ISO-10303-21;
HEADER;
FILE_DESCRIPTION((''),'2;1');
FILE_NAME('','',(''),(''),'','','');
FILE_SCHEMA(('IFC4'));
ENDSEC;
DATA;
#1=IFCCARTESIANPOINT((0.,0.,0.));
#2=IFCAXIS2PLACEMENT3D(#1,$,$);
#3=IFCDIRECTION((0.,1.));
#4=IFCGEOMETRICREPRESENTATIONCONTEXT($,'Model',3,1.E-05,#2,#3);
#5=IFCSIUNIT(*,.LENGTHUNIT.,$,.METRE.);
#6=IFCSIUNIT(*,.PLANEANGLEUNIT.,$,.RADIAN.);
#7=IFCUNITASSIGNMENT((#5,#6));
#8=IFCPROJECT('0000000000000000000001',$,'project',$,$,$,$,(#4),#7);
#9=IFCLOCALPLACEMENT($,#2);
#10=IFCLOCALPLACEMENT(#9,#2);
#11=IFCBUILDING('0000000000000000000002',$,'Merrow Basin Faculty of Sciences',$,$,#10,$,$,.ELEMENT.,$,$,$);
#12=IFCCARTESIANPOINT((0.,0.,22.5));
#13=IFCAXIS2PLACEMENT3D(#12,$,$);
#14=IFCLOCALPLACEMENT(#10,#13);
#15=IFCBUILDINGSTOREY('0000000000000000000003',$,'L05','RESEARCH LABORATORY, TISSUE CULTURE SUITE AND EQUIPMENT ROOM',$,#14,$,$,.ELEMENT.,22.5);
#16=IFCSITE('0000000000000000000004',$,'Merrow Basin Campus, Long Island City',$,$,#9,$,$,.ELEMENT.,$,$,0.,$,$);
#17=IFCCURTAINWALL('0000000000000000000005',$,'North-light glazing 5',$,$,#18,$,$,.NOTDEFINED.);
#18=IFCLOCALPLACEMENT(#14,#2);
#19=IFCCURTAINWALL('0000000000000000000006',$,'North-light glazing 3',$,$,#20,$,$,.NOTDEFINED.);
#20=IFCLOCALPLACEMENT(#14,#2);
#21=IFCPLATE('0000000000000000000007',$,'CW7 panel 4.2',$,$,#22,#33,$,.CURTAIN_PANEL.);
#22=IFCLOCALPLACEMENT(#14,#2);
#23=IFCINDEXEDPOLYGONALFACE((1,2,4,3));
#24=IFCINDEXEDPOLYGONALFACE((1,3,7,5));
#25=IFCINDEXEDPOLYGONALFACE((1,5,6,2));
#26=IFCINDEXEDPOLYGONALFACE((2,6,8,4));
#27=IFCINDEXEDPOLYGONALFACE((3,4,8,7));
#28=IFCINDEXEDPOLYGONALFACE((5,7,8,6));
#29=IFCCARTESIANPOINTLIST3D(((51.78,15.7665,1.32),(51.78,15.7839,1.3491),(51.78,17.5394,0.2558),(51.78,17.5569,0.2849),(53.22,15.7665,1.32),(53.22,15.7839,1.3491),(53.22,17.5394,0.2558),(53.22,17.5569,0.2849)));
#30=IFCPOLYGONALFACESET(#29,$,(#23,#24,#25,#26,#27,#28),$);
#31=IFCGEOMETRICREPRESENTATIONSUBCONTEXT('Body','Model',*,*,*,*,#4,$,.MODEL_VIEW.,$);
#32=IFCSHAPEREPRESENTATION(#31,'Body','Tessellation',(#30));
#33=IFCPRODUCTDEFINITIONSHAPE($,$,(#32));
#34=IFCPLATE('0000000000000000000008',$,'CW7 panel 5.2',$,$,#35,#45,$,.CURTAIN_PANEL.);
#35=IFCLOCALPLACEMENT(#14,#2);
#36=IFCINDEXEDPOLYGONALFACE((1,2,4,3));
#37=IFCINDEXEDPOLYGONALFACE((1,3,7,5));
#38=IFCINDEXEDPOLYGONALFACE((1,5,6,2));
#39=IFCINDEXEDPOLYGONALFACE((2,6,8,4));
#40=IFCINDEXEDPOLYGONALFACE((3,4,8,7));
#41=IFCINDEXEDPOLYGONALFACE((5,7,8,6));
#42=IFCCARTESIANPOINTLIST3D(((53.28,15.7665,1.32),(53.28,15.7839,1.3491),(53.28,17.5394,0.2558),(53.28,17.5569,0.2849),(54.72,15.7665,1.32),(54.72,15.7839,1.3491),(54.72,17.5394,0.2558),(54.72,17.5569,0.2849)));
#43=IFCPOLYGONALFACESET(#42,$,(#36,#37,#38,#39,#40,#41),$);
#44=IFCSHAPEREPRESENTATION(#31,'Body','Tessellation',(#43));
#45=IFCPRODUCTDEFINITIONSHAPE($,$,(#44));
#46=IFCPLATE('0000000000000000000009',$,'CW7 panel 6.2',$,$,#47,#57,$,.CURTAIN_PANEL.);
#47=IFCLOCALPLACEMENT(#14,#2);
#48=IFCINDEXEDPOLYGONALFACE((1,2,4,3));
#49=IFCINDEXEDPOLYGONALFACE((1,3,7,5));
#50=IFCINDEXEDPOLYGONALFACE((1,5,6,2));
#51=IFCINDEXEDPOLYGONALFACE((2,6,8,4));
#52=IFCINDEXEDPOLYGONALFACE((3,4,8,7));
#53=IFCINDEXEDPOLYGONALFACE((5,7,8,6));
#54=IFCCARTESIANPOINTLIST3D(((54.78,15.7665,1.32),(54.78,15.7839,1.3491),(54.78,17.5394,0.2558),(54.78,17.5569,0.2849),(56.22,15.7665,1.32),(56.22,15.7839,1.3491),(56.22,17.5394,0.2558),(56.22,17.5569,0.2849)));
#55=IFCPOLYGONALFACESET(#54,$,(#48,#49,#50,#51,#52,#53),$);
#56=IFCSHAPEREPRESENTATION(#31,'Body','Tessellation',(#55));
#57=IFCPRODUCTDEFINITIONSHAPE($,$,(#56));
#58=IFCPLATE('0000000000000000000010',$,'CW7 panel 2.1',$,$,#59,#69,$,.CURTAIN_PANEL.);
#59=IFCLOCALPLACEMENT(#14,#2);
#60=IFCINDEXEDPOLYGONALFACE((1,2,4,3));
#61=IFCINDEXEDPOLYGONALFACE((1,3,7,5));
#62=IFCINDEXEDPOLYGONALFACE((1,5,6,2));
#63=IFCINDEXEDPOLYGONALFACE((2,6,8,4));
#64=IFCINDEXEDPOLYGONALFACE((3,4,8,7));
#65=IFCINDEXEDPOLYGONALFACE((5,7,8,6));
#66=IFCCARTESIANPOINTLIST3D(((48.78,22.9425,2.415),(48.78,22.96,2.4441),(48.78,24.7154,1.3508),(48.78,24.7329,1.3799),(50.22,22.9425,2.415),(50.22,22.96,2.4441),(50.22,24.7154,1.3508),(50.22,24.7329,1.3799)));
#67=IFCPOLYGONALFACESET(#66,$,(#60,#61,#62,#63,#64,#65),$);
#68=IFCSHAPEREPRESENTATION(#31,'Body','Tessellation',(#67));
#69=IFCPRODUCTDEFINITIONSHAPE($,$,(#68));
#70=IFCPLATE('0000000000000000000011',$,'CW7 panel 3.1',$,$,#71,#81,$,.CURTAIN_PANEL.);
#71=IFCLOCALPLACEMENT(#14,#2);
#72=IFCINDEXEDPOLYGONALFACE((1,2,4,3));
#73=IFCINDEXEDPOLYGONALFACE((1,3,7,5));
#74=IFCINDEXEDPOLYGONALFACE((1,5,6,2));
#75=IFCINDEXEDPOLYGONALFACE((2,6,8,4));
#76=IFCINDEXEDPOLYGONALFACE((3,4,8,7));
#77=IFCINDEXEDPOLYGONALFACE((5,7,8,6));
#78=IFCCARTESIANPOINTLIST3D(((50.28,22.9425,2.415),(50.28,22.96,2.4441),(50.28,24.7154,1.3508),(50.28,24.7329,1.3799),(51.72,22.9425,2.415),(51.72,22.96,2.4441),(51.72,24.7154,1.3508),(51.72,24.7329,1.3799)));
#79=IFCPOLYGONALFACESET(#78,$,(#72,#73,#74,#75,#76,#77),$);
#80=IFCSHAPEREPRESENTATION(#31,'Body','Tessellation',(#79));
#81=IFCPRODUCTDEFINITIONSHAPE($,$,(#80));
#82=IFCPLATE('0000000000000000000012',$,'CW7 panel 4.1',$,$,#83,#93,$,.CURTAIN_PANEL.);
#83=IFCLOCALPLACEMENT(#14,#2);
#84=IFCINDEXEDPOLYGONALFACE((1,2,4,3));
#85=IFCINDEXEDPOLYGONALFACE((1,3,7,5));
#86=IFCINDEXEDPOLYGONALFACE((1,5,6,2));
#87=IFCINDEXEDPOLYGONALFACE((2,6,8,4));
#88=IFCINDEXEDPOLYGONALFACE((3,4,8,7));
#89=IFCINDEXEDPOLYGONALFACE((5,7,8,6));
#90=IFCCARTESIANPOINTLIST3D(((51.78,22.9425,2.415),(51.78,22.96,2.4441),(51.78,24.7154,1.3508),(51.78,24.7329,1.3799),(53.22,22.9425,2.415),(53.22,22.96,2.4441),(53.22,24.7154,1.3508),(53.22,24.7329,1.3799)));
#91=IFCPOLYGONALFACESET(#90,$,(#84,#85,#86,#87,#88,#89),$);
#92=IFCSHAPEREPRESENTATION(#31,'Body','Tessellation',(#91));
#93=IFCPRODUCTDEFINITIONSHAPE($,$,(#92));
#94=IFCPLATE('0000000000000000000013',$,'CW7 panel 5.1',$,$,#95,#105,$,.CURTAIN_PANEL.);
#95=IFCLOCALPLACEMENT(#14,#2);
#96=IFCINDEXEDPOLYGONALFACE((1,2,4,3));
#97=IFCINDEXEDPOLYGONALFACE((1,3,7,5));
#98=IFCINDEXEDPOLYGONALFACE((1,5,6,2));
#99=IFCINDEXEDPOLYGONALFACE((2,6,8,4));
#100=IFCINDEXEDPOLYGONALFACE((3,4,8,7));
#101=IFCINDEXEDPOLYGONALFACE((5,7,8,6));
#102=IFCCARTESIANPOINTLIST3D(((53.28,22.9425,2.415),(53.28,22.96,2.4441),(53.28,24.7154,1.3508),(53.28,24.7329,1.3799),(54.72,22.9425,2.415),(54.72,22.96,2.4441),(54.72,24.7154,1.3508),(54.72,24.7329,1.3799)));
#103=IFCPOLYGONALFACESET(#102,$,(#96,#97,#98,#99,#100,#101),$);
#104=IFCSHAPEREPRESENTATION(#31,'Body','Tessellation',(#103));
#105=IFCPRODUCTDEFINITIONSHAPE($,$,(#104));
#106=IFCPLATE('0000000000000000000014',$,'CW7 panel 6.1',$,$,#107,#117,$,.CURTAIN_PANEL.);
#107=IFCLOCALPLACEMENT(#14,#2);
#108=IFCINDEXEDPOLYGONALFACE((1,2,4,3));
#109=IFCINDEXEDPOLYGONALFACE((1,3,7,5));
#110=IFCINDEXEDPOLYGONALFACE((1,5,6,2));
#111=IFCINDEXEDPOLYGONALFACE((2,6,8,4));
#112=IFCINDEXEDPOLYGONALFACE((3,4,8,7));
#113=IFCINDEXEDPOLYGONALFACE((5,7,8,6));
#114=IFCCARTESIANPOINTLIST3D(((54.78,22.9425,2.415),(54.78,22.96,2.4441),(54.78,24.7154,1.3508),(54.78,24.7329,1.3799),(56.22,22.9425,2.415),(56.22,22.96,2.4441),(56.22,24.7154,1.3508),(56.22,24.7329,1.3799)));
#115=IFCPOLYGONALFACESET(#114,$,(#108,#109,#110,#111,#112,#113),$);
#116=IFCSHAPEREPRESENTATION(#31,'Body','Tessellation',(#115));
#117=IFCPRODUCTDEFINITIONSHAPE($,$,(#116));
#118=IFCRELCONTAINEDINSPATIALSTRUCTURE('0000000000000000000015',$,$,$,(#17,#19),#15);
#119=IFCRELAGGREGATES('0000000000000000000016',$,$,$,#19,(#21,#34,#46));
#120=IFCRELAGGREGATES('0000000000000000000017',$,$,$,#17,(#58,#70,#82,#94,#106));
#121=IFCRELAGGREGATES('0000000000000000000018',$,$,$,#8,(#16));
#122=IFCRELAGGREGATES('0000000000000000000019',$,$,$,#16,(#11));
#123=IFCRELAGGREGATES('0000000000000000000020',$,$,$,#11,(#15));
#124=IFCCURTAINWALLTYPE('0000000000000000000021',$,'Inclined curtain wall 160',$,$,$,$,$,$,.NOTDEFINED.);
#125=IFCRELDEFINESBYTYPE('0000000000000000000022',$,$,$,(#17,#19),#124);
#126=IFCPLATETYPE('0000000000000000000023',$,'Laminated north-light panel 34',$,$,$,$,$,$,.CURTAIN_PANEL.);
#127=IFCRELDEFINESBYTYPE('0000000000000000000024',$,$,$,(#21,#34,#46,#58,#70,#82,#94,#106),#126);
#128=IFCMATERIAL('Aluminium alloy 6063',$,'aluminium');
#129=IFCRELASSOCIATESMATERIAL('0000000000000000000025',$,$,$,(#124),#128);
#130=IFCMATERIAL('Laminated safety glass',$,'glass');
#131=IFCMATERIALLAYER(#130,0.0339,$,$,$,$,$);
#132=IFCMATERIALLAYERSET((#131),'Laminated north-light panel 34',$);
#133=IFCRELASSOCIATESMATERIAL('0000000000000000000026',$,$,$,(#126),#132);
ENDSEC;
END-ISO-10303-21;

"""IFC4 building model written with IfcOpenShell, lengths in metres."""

from ifc_helpers import new_model, si_unit, direction, frame, origin, place, context, subcontext, project, spatial, polyline, outline, extrude, material, layer, layer_set, type_object, element, aggregate, save


model = new_model("IFC4")

# Units and contexts
model_context = context("Model", 3, precision=1e-05, world=origin(), true_north=direction((0.0, 1.0)))
body_context = subcontext(model_context, "Body", "Model", "MODEL_VIEW")
ifc_project = project(units=[si_unit("LENGTHUNIT", "METRE"), si_unit("PLANEANGLEUNIT", "RADIAN")], contexts=[model_context])

# Site, building, storey
site_placement = place(None, origin())
site = spatial("IfcSite", under=ifc_project, at=site_placement, Name="Merrow Basin Campus, Long Island City", CompositionType="ELEMENT", RefElevation=0.0)
building_placement = place(site_placement, origin())
building = spatial("IfcBuilding", under=site, at=building_placement, Name="Merrow Basin Faculty of Sciences", CompositionType="ELEMENT")
storey_placement = place(building_placement, frame((0.0, 0.0, 22.5)))
storey = spatial("IfcBuildingStorey", under=building, at=storey_placement, Name="L05", Description="RESEARCH LABORATORY, TISSUE CULTURE SUITE AND EQUIPMENT ROOM", CompositionType="ELEMENT", Elevation=22.5)

# Curtain walls
ifc_material_1 = material(Name="Aluminium alloy 6063", Category="aluminium")
curtain_wall_type = type_object("IfcCurtainWallType", Name="Inclined curtain wall 160", PredefinedType="NOTDEFINED", material=ifc_material_1)
curtain_wall_1_placement = place(storey_placement, origin())
curtain_wall_1 = element("IfcCurtainWall", 1, at=curtain_wall_1_placement, inside=storey, type_object=curtain_wall_type, Name="North-light glazing 5", PredefinedType="NOTDEFINED")
curtain_wall_2_placement = place(storey_placement, origin())
curtain_wall_2 = element("IfcCurtainWall", 2, at=curtain_wall_2_placement, inside=storey, type_object=curtain_wall_type, Name="North-light glazing 3", PredefinedType="NOTDEFINED")

# Plates
ifc_material_2 = material(Name="Laminated safety glass", Category="glass")
ifc_layer = layer(ifc_material_2, 0.0339)
ifc_layer_set = layer_set([ifc_layer], Name="Laminated north-light panel 34")
plate_type = type_object("IfcPlateType", Name="Laminated north-light panel 34", PredefinedType="CURTAIN_PANEL", material=ifc_layer_set)
plate_1_placement = place(storey_placement, frame((51.78, 15.7839, 1.3491), z_axis=(0.0, 0.514652, 0.857399), x_axis=(1.0, 0.0, 0.0)))
plate_1 = element("IfcPlate", 3, at=plate_1_placement, type_object=plate_type, Name="CW7 panel 4.2", PredefinedType="CURTAIN_PANEL", context=body_context, shape_type="SweptSolid", body=[
    extrude(outline(polyline([(0.0, 0.0), (1.4399, 0.0), (1.4399, 2.0678), (0.0, 2.0678), (0.0, 0.0)])), origin(), (0.0, 0.0, -1.0), 0.0339),
])
plate_2_placement = place(storey_placement, frame((53.28, 15.7839, 1.3491), z_axis=(0.0, 0.514652, 0.857399), x_axis=(1.0, 0.0, 0.0)))
plate_2 = element("IfcPlate", 4, at=plate_2_placement, type_object=plate_type, Name="CW7 panel 5.2", PredefinedType="CURTAIN_PANEL", context=body_context, shape_type="SweptSolid", body=[
    extrude(outline(polyline([(0.0, 0.0), (1.4399, 0.0), (1.4399, 2.0678), (0.0, 2.0678), (0.0, 0.0)])), origin(), (0.0, 0.0, -1.0), 0.0339),
])
plate_3_placement = place(storey_placement, frame((54.78, 15.7839, 1.3491), z_axis=(0.0, 0.514652, 0.857399), x_axis=(1.0, 0.0, 0.0)))
plate_3 = element("IfcPlate", 5, at=plate_3_placement, type_object=plate_type, Name="CW7 panel 6.2", PredefinedType="CURTAIN_PANEL", context=body_context, shape_type="SweptSolid", body=[
    extrude(outline(polyline([(0.0, 0.0), (1.4399, 0.0), (1.4399, 2.0678), (0.0, 2.0678), (0.0, 0.0)])), origin(), (0.0, 0.0, -1.0), 0.0339),
])
aggregate(curtain_wall_2, [plate_1, plate_2, plate_3])
plate_4_placement = place(storey_placement, frame((48.78, 22.96, 2.4441), z_axis=(0.0, 0.514652, 0.857399), x_axis=(1.0, 0.0, 0.0)))
plate_4 = element("IfcPlate", 6, at=plate_4_placement, type_object=plate_type, Name="CW7 panel 2.1", PredefinedType="CURTAIN_PANEL", context=body_context, shape_type="SweptSolid", body=[
    extrude(outline(polyline([(0.0, 0.0), (1.4399, 0.0), (1.4399, 2.0678), (0.0, 2.0678), (0.0, 0.0)])), origin(), (0.0, 0.0, -1.0), 0.0339),
])
plate_5_placement = place(storey_placement, frame((50.28, 22.96, 2.4441), z_axis=(0.0, 0.514652, 0.857399), x_axis=(1.0, 0.0, 0.0)))
plate_5 = element("IfcPlate", 7, at=plate_5_placement, type_object=plate_type, Name="CW7 panel 3.1", PredefinedType="CURTAIN_PANEL", context=body_context, shape_type="SweptSolid", body=[
    extrude(outline(polyline([(0.0, 0.0), (1.4399, 0.0), (1.4399, 2.0678), (0.0, 2.0678), (0.0, 0.0)])), origin(), (0.0, 0.0, -1.0), 0.0339),
])
plate_6_placement = place(storey_placement, frame((51.78, 22.96, 2.4441), z_axis=(0.0, 0.514652, 0.857399), x_axis=(1.0, 0.0, 0.0)))
plate_6 = element("IfcPlate", 8, at=plate_6_placement, type_object=plate_type, Name="CW7 panel 4.1", PredefinedType="CURTAIN_PANEL", context=body_context, shape_type="SweptSolid", body=[
    extrude(outline(polyline([(0.0, 0.0), (1.4399, 0.0), (1.4399, 2.0678), (0.0, 2.0678), (0.0, 0.0)])), origin(), (0.0, 0.0, -1.0), 0.0339),
])
plate_7_placement = place(storey_placement, frame((53.28, 22.96, 2.4441), z_axis=(0.0, 0.514652, 0.857399), x_axis=(1.0, 0.0, 0.0)))
plate_7 = element("IfcPlate", 9, at=plate_7_placement, type_object=plate_type, Name="CW7 panel 5.1", PredefinedType="CURTAIN_PANEL", context=body_context, shape_type="SweptSolid", body=[
    extrude(outline(polyline([(0.0, 0.0), (1.4399, 0.0), (1.4399, 2.0678), (0.0, 2.0678), (0.0, 0.0)])), origin(), (0.0, 0.0, -1.0), 0.0339),
])
plate_8_placement = place(storey_placement, frame((54.78, 22.96, 2.4441), z_axis=(0.0, 0.514652, 0.857399), x_axis=(1.0, 0.0, 0.0)))
plate_8 = element("IfcPlate", 10, at=plate_8_placement, type_object=plate_type, Name="CW7 panel 6.1", PredefinedType="CURTAIN_PANEL", context=body_context, shape_type="SweptSolid", body=[
    extrude(outline(polyline([(0.0, 0.0), (1.4399, 0.0), (1.4399, 2.0678), (0.0, 2.0678), (0.0, 0.0)])), origin(), (0.0, 0.0, -1.0), 0.0339),
])
aggregate(curtain_wall_1, [plate_4, plate_5, plate_6, plate_7, plate_8])

save(model, "model.ifc")
